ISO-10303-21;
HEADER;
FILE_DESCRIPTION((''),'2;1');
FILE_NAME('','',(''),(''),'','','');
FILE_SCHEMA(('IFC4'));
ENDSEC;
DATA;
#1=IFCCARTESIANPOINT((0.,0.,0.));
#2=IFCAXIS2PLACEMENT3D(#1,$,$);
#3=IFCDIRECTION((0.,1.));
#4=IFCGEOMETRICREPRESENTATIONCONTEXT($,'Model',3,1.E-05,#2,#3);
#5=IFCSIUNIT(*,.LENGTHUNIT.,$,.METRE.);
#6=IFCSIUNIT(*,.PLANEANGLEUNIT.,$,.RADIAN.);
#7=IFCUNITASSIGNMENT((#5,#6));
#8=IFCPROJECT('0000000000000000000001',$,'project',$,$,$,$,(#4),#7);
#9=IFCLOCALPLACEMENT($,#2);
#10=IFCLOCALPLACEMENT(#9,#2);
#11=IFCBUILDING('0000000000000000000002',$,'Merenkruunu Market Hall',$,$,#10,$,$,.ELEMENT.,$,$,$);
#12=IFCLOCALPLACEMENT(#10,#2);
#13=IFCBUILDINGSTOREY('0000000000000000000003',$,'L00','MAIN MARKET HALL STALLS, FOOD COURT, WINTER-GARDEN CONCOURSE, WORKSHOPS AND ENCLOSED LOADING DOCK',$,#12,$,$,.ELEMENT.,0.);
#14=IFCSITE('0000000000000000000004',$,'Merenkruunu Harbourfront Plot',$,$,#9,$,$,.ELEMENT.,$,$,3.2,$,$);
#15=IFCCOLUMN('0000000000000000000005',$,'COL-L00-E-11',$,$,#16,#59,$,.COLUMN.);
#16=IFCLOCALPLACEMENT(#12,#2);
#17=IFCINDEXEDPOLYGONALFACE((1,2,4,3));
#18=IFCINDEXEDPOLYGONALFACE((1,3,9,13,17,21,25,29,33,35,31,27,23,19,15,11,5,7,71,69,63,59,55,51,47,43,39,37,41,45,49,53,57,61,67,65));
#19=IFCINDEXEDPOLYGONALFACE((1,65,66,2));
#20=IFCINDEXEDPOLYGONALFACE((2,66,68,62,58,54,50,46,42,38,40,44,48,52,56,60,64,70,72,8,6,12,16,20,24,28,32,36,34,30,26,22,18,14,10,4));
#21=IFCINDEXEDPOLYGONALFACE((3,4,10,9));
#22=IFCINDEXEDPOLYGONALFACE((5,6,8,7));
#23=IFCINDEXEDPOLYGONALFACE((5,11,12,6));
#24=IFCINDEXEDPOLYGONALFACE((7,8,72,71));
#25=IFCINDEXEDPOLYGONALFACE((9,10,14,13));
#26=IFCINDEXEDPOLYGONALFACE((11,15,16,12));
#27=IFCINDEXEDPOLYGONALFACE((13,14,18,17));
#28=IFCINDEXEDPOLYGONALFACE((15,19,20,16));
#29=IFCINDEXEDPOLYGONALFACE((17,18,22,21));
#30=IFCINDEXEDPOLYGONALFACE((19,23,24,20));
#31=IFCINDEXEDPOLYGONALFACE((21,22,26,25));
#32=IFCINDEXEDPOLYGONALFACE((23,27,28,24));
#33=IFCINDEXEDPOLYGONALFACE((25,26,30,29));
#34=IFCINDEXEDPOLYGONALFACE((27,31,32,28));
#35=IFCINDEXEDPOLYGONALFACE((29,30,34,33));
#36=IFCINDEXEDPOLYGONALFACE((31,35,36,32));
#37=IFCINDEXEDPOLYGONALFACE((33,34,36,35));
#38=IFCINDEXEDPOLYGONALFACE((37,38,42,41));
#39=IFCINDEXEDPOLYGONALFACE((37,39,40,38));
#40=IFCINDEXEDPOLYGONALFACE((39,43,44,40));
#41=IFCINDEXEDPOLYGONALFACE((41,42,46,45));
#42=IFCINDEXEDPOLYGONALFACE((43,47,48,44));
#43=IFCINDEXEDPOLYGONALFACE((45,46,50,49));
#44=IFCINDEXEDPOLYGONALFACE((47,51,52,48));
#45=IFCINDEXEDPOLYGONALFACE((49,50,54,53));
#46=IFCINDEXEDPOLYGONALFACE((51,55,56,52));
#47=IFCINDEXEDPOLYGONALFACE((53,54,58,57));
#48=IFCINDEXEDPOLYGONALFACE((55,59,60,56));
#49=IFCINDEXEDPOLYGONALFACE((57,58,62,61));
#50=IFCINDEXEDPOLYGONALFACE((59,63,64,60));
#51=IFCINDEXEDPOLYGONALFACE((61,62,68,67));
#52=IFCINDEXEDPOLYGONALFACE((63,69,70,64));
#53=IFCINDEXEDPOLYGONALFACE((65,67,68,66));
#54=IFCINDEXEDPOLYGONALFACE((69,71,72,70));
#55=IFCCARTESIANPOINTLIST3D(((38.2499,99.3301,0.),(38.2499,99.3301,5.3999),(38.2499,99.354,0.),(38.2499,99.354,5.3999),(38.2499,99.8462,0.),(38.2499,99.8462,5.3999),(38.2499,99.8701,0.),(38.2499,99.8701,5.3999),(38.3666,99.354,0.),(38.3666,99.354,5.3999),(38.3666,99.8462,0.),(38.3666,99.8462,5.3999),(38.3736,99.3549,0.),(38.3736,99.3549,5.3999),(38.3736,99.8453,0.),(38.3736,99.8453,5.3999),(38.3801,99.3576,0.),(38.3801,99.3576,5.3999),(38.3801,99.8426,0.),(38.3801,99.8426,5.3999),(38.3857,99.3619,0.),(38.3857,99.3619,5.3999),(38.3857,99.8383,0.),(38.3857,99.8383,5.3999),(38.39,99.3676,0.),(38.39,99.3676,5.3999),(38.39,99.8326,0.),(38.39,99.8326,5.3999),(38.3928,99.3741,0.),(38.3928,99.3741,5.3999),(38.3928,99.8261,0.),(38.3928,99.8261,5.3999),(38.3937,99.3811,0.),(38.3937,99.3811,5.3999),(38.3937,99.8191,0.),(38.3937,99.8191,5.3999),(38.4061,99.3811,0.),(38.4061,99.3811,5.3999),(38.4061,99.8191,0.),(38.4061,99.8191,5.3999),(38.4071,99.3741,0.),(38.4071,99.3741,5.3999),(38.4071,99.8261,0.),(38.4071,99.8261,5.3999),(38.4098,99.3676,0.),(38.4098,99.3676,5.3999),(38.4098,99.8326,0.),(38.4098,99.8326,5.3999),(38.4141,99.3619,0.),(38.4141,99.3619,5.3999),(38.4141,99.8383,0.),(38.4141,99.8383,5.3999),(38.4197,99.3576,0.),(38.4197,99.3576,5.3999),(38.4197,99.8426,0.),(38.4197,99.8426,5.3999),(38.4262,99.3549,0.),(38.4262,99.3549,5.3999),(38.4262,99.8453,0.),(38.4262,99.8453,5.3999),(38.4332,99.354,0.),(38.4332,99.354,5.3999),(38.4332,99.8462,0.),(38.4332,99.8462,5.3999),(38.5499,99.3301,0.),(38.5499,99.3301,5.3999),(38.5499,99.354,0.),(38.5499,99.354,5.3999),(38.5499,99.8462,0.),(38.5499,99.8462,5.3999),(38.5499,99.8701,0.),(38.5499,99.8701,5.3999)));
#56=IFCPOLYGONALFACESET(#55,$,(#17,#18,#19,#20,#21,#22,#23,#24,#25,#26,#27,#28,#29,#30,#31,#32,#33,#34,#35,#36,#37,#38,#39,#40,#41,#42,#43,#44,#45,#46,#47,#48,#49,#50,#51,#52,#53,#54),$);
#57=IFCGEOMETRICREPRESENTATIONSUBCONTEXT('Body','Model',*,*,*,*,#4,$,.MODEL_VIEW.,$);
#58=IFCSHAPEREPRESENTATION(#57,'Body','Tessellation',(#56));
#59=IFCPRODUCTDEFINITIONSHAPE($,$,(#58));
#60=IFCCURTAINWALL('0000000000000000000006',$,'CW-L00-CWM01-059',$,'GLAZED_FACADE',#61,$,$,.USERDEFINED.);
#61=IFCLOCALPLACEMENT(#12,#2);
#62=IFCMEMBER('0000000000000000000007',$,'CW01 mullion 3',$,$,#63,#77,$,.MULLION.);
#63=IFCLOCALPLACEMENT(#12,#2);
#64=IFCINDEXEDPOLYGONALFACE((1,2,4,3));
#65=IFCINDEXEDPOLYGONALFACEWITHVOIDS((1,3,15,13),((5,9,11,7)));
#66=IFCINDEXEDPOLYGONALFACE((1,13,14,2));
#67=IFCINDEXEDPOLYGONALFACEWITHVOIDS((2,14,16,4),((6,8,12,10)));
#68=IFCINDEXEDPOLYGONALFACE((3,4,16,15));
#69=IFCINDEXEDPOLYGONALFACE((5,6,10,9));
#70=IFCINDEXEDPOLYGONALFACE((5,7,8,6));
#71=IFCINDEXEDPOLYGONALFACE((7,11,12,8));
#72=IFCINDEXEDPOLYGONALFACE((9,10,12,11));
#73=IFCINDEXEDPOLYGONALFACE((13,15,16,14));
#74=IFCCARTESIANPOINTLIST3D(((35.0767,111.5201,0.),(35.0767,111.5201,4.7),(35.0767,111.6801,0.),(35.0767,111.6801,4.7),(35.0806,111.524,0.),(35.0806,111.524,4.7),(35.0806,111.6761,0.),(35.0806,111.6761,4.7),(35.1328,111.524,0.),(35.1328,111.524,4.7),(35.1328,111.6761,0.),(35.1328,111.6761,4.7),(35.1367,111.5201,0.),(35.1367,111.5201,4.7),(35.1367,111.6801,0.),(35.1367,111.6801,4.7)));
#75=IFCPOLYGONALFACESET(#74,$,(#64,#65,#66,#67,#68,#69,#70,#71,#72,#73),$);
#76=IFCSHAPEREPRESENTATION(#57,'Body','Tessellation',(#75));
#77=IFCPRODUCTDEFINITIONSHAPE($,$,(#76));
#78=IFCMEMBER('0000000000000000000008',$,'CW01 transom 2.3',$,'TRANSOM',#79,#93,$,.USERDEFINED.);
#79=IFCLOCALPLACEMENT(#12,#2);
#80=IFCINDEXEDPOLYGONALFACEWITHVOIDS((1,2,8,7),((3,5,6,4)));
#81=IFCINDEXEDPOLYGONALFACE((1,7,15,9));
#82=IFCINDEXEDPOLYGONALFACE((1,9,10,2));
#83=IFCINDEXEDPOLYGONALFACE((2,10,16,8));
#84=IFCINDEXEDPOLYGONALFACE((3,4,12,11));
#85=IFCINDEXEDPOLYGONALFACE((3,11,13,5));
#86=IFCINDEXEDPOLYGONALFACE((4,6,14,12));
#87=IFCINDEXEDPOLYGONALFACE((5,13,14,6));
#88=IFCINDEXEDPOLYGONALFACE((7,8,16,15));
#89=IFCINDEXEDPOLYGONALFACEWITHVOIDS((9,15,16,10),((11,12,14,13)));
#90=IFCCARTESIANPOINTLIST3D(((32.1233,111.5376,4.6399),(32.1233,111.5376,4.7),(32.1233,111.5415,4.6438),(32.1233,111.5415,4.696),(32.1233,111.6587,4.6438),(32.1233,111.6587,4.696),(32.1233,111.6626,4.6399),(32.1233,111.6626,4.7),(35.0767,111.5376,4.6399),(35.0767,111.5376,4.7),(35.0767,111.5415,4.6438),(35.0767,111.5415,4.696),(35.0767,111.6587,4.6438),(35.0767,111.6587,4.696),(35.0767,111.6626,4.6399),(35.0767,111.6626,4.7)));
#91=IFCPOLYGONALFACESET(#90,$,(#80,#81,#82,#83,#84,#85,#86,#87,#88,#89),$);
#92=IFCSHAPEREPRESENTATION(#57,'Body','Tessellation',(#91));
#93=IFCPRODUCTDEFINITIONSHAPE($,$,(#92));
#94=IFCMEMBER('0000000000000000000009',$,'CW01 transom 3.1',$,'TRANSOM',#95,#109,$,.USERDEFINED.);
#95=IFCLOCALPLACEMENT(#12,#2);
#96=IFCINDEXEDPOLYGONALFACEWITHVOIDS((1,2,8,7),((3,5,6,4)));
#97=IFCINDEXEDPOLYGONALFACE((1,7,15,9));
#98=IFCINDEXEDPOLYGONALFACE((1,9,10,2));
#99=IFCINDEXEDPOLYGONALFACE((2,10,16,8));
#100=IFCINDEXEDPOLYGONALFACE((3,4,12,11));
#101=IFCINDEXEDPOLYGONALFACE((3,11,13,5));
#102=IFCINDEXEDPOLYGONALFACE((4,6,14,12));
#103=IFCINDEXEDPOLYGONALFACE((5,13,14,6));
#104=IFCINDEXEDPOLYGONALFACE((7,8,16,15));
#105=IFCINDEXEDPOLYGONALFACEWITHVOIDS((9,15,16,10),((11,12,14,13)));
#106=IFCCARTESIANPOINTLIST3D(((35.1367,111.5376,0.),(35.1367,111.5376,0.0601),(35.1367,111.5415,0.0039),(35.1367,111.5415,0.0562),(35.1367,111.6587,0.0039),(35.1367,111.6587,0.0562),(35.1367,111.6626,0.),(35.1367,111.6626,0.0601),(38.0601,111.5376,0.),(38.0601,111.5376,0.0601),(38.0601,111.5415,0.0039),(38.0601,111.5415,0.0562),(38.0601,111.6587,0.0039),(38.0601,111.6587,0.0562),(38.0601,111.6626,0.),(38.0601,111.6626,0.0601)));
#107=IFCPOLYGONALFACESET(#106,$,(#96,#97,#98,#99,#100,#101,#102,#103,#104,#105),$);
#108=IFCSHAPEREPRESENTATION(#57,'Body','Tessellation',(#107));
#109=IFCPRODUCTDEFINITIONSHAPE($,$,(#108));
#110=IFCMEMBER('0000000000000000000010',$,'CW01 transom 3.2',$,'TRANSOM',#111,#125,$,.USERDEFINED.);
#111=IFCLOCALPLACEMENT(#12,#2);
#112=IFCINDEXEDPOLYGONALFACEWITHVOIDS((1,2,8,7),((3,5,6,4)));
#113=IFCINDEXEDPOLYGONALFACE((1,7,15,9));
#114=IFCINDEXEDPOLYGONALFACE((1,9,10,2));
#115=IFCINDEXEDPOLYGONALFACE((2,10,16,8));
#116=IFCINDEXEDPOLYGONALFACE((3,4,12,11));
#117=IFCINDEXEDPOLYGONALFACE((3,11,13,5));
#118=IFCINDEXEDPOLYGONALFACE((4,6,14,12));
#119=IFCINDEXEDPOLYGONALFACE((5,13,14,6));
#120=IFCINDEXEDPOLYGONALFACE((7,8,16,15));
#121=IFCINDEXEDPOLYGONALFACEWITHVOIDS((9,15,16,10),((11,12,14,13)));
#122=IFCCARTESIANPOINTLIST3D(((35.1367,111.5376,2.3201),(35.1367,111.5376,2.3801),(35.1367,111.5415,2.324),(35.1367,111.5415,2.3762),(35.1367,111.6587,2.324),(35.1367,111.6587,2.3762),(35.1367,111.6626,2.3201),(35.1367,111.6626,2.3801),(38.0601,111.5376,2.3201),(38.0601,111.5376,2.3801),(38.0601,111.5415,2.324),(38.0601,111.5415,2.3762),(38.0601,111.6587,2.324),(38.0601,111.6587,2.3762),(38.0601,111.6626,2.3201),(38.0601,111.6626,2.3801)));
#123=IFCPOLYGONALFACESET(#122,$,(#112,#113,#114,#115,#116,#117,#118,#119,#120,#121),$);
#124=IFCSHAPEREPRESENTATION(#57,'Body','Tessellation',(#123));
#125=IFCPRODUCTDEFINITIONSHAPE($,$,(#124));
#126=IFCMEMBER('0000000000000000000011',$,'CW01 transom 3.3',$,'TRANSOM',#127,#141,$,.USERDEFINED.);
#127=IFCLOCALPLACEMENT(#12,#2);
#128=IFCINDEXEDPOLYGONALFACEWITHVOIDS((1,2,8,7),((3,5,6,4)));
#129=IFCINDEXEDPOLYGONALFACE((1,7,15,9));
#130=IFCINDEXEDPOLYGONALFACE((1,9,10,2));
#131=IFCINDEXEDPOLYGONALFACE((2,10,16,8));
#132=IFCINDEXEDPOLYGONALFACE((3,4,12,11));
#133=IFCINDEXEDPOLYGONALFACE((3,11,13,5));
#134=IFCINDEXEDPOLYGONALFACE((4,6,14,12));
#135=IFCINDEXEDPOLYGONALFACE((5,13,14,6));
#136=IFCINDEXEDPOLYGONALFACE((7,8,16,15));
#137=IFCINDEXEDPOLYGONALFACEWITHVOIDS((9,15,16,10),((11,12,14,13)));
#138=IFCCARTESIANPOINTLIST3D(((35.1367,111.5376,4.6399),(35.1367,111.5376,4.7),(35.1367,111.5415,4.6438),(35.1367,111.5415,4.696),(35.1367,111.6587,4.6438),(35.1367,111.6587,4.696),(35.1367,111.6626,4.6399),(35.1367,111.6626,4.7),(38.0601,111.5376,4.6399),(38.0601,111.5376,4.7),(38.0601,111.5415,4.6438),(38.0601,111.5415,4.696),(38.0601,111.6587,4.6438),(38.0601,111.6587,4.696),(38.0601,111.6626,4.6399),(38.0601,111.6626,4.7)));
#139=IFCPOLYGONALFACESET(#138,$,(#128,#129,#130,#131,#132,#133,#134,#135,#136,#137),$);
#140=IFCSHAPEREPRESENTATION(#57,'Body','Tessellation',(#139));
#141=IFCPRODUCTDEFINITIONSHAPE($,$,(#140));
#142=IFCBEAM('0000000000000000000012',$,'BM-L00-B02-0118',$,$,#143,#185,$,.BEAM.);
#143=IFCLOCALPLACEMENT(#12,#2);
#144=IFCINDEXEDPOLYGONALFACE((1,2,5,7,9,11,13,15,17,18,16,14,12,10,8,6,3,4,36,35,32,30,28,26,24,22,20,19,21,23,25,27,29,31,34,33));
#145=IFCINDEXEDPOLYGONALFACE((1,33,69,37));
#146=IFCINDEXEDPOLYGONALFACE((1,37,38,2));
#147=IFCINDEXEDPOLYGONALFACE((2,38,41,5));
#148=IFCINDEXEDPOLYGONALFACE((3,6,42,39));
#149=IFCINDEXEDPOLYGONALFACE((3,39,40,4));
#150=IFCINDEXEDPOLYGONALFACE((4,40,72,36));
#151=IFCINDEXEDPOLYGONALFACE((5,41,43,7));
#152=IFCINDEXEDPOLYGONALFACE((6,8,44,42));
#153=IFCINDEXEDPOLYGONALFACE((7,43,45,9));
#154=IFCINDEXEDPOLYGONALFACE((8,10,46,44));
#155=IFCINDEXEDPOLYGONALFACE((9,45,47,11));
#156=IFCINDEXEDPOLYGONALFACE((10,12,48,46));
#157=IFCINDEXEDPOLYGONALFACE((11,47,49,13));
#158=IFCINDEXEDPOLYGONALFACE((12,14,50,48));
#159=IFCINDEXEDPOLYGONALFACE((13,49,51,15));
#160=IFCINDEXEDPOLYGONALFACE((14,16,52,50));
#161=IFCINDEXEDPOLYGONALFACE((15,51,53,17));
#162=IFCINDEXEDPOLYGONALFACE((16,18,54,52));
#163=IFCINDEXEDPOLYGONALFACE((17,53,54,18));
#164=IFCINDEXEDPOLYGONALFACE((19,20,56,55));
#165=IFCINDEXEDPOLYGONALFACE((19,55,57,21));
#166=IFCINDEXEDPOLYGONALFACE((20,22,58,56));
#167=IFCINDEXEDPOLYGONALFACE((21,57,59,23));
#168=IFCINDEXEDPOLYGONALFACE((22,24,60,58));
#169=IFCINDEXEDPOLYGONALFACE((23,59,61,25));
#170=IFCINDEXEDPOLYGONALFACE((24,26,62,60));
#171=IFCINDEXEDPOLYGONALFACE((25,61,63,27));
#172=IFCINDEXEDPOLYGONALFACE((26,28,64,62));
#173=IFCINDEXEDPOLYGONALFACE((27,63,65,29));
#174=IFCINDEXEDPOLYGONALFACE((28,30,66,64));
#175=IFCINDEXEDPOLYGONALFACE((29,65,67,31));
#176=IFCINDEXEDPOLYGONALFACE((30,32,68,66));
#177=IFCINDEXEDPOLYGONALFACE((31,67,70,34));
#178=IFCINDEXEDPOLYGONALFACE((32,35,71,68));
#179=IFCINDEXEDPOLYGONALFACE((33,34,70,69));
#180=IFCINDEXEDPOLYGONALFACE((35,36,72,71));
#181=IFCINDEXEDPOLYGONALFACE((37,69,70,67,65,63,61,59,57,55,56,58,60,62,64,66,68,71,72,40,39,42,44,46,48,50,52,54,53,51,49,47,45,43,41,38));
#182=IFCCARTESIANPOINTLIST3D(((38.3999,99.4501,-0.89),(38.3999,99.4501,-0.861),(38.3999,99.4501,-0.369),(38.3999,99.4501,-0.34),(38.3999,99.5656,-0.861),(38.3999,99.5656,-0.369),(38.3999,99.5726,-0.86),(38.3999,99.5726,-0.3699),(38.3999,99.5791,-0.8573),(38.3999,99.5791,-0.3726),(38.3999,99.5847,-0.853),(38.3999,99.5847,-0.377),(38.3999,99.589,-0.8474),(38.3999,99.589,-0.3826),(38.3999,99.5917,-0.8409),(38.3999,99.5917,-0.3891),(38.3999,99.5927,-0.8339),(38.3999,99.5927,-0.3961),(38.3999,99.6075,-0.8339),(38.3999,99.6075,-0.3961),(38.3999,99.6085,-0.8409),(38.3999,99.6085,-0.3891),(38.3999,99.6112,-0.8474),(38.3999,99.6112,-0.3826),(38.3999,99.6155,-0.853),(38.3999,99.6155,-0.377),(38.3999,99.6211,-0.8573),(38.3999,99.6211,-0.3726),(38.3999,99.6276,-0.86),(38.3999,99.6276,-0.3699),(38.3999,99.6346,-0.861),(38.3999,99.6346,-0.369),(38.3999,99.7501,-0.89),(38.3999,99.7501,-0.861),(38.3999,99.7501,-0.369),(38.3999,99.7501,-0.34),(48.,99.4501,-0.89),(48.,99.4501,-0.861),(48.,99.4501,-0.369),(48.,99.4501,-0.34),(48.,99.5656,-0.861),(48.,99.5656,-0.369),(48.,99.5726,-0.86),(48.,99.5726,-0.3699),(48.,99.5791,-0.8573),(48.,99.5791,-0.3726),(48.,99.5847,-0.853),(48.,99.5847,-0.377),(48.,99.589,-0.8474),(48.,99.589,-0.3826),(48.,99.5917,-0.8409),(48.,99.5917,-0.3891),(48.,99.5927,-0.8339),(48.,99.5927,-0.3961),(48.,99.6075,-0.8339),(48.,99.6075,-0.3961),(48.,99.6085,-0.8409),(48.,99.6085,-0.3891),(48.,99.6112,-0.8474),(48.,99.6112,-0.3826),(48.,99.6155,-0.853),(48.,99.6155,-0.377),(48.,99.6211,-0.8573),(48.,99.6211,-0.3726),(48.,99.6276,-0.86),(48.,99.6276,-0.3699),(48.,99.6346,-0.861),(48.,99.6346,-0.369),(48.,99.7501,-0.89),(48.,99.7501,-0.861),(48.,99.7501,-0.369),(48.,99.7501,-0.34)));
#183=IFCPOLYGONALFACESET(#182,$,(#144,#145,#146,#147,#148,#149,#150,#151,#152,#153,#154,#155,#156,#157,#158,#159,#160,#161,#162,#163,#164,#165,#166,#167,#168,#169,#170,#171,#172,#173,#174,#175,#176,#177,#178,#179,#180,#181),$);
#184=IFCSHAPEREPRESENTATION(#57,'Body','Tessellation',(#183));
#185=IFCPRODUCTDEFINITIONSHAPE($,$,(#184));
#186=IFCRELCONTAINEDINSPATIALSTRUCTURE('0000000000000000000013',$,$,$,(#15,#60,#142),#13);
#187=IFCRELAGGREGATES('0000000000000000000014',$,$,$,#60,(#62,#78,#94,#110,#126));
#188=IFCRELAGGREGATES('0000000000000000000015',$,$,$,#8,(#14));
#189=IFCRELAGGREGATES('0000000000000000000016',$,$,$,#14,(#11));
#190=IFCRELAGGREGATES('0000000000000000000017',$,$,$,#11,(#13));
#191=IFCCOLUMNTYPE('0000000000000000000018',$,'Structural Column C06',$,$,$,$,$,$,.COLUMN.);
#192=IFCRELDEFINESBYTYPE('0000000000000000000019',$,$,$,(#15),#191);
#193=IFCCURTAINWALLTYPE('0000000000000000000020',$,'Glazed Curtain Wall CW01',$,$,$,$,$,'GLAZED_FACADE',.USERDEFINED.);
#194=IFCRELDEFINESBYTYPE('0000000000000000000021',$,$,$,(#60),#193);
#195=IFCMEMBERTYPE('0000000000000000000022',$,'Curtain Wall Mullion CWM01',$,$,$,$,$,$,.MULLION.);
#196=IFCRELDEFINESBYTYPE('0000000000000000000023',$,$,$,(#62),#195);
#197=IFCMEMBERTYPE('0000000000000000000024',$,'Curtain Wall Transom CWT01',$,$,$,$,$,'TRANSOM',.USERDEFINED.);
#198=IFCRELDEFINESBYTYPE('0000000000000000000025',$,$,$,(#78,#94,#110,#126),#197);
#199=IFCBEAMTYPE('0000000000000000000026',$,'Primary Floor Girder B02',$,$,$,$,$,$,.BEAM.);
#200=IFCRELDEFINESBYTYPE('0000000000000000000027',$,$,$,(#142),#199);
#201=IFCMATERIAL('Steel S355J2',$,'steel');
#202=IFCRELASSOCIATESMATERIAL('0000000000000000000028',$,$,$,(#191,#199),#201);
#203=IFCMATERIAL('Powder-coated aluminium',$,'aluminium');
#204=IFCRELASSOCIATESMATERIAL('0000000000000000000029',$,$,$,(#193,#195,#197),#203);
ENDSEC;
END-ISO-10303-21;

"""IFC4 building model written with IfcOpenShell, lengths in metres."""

from ifc_helpers import new_model, si_unit, direction, frame, origin, origin_2d, place, context, subcontext, project, spatial, hollow_rectangle, i_section, extrude, material, material_profile, profile_set, type_object, element, aggregate, save


model = new_model("IFC4")

# Units and contexts
model_context = context("Model", 3, precision=1e-05, world=origin(), true_north=direction((0.0, 1.0)))
body_context = subcontext(model_context, "Body", "Model", "MODEL_VIEW")
ifc_project = project(units=[si_unit("LENGTHUNIT", "METRE"), si_unit("PLANEANGLEUNIT", "RADIAN")], contexts=[model_context])

# Site, building, storey
site_placement = place(None, origin())
site = spatial("IfcSite", under=ifc_project, at=site_placement, Name="Merenkruunu Harbourfront Plot", CompositionType="ELEMENT", RefElevation=3.2)
building_placement = place(site_placement, origin())
building = spatial("IfcBuilding", under=site, at=building_placement, Name="Merenkruunu Market Hall", CompositionType="ELEMENT")
storey_placement = place(building_placement, origin())
storey = spatial("IfcBuildingStorey", under=building, at=storey_placement, Name="L00", Description="MAIN MARKET HALL STALLS, FOOD COURT, WINTER-GARDEN CONCOURSE, WORKSHOPS AND ENCLOSED LOADING DOCK", CompositionType="ELEMENT", Elevation=0.0)

# Column
ifc_material_1 = material(Name="Steel S355J2", Category="steel")
ifc_material_profile_1 = material_profile(ifc_material_1, i_section(OverallWidth=0.3, OverallDepth=0.54, WebThickness=0.0125, FlangeThickness=0.0239, FilletRadius=0.0271, at=origin_2d()), Name="HEA 550")
ifc_profile_set_1 = profile_set([ifc_material_profile_1], Name="Steel S355J2")
column_type = type_object("IfcColumnType", Name="Structural Column C06", PredefinedType="COLUMN", material=ifc_profile_set_1)
column_placement = place(storey_placement, frame((38.3999, 99.6001, 0.0), z_axis=(0.0, 0.0, 1.0), x_axis=(1.0, 0.0, 0.0)))
element("IfcColumn", 1, at=column_placement, inside=storey, type_object=column_type, Name="COL-L00-E-11", PredefinedType="COLUMN", context=body_context, shape_type="SweptSolid", body=[
    extrude(i_section(OverallWidth=0.3, OverallDepth=0.54, WebThickness=0.0125, FlangeThickness=0.0239, FilletRadius=0.0271, at=origin_2d()), origin(), (0.0, 0.0, 1.0), 5.3999),
])

# Curtain wall, members
ifc_material_2 = material(Name="Powder-coated aluminium", Category="aluminium")
curtain_wall_type = type_object("IfcCurtainWallType", Name="Glazed Curtain Wall CW01", ElementType="GLAZED_FACADE", PredefinedType="USERDEFINED", material=ifc_material_2)
curtain_wall_placement = place(storey_placement, origin())
curtain_wall = element("IfcCurtainWall", 2, at=curtain_wall_placement, inside=storey, type_object=curtain_wall_type, Name="CW-L00-CWM01-059", ObjectType="GLAZED_FACADE", PredefinedType="USERDEFINED")
ifc_material_profile_2 = material_profile(ifc_material_2, hollow_rectangle(XDim=0.0601, YDim=0.1599, WallThickness=0.0039, at=origin_2d()), Name="ALU 60x160x4")
ifc_profile_set_2 = profile_set([ifc_material_profile_2], Name="Powder-coated aluminium")
member_type_1 = type_object("IfcMemberType", Name="Curtain Wall Mullion CWM01", PredefinedType="MULLION", material=ifc_profile_set_2)
member_1_placement = place(storey_placement, frame((35.1067, 111.6001, 0.0), z_axis=(0.0, 0.0, 1.0), x_axis=(1.0, 0.0, 0.0)))
member_1 = element("IfcMember", 3, at=member_1_placement, type_object=member_type_1, Name="CW01 mullion 3", PredefinedType="MULLION", context=body_context, shape_type="SweptSolid", body=[
    extrude(hollow_rectangle(XDim=0.0601, YDim=0.1599, WallThickness=0.0039, at=origin_2d()), origin(), (0.0, 0.0, 1.0), 4.7),
])
ifc_material_profile_3 = material_profile(ifc_material_2, hollow_rectangle(XDim=0.0601, YDim=0.125, WallThickness=0.0039, at=origin_2d()), Name="ALU 60x125x4")
ifc_profile_set_3 = profile_set([ifc_material_profile_3], Name="Powder-coated aluminium")
member_type_2 = type_object("IfcMemberType", Name="Curtain Wall Transom CWT01", ElementType="TRANSOM", PredefinedType="USERDEFINED", material=ifc_profile_set_3)
member_2_placement = place(storey_placement, frame((32.1233, 111.6001, 4.6699), z_axis=(1.0, 0.0, 0.0), x_axis=(0.0, 0.0, 1.0)))
member_2 = element("IfcMember", 4, at=member_2_placement, type_object=member_type_2, Name="CW01 transom 2.3", ObjectType="TRANSOM", PredefinedType="USERDEFINED", context=body_context, shape_type="SweptSolid", body=[
    extrude(hollow_rectangle(XDim=0.0601, YDim=0.125, WallThickness=0.0039, at=origin_2d()), origin(), (0.0, 0.0, 1.0), 2.9534),
])
member_3_placement = place(storey_placement, frame((35.1367, 111.6001, 0.03), z_axis=(1.0, 0.0, 0.0), x_axis=(0.0, 0.0, 1.0)))
member_3 = element("IfcMember", 5, at=member_3_placement, type_object=member_type_2, Name="CW01 transom 3.1", ObjectType="TRANSOM", PredefinedType="USERDEFINED", context=body_context, shape_type="SweptSolid", body=[
    extrude(hollow_rectangle(XDim=0.0601, YDim=0.125, WallThickness=0.0039, at=origin_2d()), origin(), (0.0, 0.0, 1.0), 2.9233),
])
member_4_placement = place(storey_placement, frame((35.1367, 111.6001, 2.3501), z_axis=(1.0, 0.0, 0.0), x_axis=(0.0, 0.0, 1.0)))
member_4 = element("IfcMember", 6, at=member_4_placement, type_object=member_type_2, Name="CW01 transom 3.2", ObjectType="TRANSOM", PredefinedType="USERDEFINED", context=body_context, shape_type="SweptSolid", body=[
    extrude(hollow_rectangle(XDim=0.0601, YDim=0.125, WallThickness=0.0039, at=origin_2d()), origin(), (0.0, 0.0, 1.0), 2.9233),
])
member_5_placement = place(storey_placement, frame((35.1367, 111.6001, 4.6699), z_axis=(1.0, 0.0, 0.0), x_axis=(0.0, 0.0, 1.0)))
member_5 = element("IfcMember", 7, at=member_5_placement, type_object=member_type_2, Name="CW01 transom 3.3", ObjectType="TRANSOM", PredefinedType="USERDEFINED", context=body_context, shape_type="SweptSolid", body=[
    extrude(hollow_rectangle(XDim=0.0601, YDim=0.125, WallThickness=0.0039, at=origin_2d()), origin(), (0.0, 0.0, 1.0), 2.9233),
])

# Beam
ifc_material_profile_4 = material_profile(ifc_material_1, i_section(OverallWidth=0.3, OverallDepth=0.55, WebThickness=0.0149, FlangeThickness=0.0291, FilletRadius=0.0271, at=origin_2d()), Name="HEB 550")
ifc_profile_set_4 = profile_set([ifc_material_profile_4], Name="Steel S355J2")
beam_type_1 = type_object("IfcBeamType", Name="Primary Floor Girder B02", PredefinedType="BEAM", material=ifc_profile_set_4)
beam_1_placement = place(storey_placement, frame((38.3999, 99.6001, -0.615), z_axis=(1.0, 0.0, 0.0), x_axis=(0.0, 1.0, 0.0)))
element("IfcBeam", 8, at=beam_1_placement, inside=storey, type_object=beam_type_1, Name="BM-L00-B02-0118", PredefinedType="BEAM", context=body_context, shape_type="SweptSolid", body=[
    extrude(i_section(OverallWidth=0.3, OverallDepth=0.55, WebThickness=0.0149, FlangeThickness=0.0291, FilletRadius=0.0271, at=origin_2d()), origin(), (0.0, 0.0, 1.0), 9.6001),
])

aggregate(curtain_wall, [member_1, member_2, member_3, member_4, member_5])

save(model, "model.ifc")
